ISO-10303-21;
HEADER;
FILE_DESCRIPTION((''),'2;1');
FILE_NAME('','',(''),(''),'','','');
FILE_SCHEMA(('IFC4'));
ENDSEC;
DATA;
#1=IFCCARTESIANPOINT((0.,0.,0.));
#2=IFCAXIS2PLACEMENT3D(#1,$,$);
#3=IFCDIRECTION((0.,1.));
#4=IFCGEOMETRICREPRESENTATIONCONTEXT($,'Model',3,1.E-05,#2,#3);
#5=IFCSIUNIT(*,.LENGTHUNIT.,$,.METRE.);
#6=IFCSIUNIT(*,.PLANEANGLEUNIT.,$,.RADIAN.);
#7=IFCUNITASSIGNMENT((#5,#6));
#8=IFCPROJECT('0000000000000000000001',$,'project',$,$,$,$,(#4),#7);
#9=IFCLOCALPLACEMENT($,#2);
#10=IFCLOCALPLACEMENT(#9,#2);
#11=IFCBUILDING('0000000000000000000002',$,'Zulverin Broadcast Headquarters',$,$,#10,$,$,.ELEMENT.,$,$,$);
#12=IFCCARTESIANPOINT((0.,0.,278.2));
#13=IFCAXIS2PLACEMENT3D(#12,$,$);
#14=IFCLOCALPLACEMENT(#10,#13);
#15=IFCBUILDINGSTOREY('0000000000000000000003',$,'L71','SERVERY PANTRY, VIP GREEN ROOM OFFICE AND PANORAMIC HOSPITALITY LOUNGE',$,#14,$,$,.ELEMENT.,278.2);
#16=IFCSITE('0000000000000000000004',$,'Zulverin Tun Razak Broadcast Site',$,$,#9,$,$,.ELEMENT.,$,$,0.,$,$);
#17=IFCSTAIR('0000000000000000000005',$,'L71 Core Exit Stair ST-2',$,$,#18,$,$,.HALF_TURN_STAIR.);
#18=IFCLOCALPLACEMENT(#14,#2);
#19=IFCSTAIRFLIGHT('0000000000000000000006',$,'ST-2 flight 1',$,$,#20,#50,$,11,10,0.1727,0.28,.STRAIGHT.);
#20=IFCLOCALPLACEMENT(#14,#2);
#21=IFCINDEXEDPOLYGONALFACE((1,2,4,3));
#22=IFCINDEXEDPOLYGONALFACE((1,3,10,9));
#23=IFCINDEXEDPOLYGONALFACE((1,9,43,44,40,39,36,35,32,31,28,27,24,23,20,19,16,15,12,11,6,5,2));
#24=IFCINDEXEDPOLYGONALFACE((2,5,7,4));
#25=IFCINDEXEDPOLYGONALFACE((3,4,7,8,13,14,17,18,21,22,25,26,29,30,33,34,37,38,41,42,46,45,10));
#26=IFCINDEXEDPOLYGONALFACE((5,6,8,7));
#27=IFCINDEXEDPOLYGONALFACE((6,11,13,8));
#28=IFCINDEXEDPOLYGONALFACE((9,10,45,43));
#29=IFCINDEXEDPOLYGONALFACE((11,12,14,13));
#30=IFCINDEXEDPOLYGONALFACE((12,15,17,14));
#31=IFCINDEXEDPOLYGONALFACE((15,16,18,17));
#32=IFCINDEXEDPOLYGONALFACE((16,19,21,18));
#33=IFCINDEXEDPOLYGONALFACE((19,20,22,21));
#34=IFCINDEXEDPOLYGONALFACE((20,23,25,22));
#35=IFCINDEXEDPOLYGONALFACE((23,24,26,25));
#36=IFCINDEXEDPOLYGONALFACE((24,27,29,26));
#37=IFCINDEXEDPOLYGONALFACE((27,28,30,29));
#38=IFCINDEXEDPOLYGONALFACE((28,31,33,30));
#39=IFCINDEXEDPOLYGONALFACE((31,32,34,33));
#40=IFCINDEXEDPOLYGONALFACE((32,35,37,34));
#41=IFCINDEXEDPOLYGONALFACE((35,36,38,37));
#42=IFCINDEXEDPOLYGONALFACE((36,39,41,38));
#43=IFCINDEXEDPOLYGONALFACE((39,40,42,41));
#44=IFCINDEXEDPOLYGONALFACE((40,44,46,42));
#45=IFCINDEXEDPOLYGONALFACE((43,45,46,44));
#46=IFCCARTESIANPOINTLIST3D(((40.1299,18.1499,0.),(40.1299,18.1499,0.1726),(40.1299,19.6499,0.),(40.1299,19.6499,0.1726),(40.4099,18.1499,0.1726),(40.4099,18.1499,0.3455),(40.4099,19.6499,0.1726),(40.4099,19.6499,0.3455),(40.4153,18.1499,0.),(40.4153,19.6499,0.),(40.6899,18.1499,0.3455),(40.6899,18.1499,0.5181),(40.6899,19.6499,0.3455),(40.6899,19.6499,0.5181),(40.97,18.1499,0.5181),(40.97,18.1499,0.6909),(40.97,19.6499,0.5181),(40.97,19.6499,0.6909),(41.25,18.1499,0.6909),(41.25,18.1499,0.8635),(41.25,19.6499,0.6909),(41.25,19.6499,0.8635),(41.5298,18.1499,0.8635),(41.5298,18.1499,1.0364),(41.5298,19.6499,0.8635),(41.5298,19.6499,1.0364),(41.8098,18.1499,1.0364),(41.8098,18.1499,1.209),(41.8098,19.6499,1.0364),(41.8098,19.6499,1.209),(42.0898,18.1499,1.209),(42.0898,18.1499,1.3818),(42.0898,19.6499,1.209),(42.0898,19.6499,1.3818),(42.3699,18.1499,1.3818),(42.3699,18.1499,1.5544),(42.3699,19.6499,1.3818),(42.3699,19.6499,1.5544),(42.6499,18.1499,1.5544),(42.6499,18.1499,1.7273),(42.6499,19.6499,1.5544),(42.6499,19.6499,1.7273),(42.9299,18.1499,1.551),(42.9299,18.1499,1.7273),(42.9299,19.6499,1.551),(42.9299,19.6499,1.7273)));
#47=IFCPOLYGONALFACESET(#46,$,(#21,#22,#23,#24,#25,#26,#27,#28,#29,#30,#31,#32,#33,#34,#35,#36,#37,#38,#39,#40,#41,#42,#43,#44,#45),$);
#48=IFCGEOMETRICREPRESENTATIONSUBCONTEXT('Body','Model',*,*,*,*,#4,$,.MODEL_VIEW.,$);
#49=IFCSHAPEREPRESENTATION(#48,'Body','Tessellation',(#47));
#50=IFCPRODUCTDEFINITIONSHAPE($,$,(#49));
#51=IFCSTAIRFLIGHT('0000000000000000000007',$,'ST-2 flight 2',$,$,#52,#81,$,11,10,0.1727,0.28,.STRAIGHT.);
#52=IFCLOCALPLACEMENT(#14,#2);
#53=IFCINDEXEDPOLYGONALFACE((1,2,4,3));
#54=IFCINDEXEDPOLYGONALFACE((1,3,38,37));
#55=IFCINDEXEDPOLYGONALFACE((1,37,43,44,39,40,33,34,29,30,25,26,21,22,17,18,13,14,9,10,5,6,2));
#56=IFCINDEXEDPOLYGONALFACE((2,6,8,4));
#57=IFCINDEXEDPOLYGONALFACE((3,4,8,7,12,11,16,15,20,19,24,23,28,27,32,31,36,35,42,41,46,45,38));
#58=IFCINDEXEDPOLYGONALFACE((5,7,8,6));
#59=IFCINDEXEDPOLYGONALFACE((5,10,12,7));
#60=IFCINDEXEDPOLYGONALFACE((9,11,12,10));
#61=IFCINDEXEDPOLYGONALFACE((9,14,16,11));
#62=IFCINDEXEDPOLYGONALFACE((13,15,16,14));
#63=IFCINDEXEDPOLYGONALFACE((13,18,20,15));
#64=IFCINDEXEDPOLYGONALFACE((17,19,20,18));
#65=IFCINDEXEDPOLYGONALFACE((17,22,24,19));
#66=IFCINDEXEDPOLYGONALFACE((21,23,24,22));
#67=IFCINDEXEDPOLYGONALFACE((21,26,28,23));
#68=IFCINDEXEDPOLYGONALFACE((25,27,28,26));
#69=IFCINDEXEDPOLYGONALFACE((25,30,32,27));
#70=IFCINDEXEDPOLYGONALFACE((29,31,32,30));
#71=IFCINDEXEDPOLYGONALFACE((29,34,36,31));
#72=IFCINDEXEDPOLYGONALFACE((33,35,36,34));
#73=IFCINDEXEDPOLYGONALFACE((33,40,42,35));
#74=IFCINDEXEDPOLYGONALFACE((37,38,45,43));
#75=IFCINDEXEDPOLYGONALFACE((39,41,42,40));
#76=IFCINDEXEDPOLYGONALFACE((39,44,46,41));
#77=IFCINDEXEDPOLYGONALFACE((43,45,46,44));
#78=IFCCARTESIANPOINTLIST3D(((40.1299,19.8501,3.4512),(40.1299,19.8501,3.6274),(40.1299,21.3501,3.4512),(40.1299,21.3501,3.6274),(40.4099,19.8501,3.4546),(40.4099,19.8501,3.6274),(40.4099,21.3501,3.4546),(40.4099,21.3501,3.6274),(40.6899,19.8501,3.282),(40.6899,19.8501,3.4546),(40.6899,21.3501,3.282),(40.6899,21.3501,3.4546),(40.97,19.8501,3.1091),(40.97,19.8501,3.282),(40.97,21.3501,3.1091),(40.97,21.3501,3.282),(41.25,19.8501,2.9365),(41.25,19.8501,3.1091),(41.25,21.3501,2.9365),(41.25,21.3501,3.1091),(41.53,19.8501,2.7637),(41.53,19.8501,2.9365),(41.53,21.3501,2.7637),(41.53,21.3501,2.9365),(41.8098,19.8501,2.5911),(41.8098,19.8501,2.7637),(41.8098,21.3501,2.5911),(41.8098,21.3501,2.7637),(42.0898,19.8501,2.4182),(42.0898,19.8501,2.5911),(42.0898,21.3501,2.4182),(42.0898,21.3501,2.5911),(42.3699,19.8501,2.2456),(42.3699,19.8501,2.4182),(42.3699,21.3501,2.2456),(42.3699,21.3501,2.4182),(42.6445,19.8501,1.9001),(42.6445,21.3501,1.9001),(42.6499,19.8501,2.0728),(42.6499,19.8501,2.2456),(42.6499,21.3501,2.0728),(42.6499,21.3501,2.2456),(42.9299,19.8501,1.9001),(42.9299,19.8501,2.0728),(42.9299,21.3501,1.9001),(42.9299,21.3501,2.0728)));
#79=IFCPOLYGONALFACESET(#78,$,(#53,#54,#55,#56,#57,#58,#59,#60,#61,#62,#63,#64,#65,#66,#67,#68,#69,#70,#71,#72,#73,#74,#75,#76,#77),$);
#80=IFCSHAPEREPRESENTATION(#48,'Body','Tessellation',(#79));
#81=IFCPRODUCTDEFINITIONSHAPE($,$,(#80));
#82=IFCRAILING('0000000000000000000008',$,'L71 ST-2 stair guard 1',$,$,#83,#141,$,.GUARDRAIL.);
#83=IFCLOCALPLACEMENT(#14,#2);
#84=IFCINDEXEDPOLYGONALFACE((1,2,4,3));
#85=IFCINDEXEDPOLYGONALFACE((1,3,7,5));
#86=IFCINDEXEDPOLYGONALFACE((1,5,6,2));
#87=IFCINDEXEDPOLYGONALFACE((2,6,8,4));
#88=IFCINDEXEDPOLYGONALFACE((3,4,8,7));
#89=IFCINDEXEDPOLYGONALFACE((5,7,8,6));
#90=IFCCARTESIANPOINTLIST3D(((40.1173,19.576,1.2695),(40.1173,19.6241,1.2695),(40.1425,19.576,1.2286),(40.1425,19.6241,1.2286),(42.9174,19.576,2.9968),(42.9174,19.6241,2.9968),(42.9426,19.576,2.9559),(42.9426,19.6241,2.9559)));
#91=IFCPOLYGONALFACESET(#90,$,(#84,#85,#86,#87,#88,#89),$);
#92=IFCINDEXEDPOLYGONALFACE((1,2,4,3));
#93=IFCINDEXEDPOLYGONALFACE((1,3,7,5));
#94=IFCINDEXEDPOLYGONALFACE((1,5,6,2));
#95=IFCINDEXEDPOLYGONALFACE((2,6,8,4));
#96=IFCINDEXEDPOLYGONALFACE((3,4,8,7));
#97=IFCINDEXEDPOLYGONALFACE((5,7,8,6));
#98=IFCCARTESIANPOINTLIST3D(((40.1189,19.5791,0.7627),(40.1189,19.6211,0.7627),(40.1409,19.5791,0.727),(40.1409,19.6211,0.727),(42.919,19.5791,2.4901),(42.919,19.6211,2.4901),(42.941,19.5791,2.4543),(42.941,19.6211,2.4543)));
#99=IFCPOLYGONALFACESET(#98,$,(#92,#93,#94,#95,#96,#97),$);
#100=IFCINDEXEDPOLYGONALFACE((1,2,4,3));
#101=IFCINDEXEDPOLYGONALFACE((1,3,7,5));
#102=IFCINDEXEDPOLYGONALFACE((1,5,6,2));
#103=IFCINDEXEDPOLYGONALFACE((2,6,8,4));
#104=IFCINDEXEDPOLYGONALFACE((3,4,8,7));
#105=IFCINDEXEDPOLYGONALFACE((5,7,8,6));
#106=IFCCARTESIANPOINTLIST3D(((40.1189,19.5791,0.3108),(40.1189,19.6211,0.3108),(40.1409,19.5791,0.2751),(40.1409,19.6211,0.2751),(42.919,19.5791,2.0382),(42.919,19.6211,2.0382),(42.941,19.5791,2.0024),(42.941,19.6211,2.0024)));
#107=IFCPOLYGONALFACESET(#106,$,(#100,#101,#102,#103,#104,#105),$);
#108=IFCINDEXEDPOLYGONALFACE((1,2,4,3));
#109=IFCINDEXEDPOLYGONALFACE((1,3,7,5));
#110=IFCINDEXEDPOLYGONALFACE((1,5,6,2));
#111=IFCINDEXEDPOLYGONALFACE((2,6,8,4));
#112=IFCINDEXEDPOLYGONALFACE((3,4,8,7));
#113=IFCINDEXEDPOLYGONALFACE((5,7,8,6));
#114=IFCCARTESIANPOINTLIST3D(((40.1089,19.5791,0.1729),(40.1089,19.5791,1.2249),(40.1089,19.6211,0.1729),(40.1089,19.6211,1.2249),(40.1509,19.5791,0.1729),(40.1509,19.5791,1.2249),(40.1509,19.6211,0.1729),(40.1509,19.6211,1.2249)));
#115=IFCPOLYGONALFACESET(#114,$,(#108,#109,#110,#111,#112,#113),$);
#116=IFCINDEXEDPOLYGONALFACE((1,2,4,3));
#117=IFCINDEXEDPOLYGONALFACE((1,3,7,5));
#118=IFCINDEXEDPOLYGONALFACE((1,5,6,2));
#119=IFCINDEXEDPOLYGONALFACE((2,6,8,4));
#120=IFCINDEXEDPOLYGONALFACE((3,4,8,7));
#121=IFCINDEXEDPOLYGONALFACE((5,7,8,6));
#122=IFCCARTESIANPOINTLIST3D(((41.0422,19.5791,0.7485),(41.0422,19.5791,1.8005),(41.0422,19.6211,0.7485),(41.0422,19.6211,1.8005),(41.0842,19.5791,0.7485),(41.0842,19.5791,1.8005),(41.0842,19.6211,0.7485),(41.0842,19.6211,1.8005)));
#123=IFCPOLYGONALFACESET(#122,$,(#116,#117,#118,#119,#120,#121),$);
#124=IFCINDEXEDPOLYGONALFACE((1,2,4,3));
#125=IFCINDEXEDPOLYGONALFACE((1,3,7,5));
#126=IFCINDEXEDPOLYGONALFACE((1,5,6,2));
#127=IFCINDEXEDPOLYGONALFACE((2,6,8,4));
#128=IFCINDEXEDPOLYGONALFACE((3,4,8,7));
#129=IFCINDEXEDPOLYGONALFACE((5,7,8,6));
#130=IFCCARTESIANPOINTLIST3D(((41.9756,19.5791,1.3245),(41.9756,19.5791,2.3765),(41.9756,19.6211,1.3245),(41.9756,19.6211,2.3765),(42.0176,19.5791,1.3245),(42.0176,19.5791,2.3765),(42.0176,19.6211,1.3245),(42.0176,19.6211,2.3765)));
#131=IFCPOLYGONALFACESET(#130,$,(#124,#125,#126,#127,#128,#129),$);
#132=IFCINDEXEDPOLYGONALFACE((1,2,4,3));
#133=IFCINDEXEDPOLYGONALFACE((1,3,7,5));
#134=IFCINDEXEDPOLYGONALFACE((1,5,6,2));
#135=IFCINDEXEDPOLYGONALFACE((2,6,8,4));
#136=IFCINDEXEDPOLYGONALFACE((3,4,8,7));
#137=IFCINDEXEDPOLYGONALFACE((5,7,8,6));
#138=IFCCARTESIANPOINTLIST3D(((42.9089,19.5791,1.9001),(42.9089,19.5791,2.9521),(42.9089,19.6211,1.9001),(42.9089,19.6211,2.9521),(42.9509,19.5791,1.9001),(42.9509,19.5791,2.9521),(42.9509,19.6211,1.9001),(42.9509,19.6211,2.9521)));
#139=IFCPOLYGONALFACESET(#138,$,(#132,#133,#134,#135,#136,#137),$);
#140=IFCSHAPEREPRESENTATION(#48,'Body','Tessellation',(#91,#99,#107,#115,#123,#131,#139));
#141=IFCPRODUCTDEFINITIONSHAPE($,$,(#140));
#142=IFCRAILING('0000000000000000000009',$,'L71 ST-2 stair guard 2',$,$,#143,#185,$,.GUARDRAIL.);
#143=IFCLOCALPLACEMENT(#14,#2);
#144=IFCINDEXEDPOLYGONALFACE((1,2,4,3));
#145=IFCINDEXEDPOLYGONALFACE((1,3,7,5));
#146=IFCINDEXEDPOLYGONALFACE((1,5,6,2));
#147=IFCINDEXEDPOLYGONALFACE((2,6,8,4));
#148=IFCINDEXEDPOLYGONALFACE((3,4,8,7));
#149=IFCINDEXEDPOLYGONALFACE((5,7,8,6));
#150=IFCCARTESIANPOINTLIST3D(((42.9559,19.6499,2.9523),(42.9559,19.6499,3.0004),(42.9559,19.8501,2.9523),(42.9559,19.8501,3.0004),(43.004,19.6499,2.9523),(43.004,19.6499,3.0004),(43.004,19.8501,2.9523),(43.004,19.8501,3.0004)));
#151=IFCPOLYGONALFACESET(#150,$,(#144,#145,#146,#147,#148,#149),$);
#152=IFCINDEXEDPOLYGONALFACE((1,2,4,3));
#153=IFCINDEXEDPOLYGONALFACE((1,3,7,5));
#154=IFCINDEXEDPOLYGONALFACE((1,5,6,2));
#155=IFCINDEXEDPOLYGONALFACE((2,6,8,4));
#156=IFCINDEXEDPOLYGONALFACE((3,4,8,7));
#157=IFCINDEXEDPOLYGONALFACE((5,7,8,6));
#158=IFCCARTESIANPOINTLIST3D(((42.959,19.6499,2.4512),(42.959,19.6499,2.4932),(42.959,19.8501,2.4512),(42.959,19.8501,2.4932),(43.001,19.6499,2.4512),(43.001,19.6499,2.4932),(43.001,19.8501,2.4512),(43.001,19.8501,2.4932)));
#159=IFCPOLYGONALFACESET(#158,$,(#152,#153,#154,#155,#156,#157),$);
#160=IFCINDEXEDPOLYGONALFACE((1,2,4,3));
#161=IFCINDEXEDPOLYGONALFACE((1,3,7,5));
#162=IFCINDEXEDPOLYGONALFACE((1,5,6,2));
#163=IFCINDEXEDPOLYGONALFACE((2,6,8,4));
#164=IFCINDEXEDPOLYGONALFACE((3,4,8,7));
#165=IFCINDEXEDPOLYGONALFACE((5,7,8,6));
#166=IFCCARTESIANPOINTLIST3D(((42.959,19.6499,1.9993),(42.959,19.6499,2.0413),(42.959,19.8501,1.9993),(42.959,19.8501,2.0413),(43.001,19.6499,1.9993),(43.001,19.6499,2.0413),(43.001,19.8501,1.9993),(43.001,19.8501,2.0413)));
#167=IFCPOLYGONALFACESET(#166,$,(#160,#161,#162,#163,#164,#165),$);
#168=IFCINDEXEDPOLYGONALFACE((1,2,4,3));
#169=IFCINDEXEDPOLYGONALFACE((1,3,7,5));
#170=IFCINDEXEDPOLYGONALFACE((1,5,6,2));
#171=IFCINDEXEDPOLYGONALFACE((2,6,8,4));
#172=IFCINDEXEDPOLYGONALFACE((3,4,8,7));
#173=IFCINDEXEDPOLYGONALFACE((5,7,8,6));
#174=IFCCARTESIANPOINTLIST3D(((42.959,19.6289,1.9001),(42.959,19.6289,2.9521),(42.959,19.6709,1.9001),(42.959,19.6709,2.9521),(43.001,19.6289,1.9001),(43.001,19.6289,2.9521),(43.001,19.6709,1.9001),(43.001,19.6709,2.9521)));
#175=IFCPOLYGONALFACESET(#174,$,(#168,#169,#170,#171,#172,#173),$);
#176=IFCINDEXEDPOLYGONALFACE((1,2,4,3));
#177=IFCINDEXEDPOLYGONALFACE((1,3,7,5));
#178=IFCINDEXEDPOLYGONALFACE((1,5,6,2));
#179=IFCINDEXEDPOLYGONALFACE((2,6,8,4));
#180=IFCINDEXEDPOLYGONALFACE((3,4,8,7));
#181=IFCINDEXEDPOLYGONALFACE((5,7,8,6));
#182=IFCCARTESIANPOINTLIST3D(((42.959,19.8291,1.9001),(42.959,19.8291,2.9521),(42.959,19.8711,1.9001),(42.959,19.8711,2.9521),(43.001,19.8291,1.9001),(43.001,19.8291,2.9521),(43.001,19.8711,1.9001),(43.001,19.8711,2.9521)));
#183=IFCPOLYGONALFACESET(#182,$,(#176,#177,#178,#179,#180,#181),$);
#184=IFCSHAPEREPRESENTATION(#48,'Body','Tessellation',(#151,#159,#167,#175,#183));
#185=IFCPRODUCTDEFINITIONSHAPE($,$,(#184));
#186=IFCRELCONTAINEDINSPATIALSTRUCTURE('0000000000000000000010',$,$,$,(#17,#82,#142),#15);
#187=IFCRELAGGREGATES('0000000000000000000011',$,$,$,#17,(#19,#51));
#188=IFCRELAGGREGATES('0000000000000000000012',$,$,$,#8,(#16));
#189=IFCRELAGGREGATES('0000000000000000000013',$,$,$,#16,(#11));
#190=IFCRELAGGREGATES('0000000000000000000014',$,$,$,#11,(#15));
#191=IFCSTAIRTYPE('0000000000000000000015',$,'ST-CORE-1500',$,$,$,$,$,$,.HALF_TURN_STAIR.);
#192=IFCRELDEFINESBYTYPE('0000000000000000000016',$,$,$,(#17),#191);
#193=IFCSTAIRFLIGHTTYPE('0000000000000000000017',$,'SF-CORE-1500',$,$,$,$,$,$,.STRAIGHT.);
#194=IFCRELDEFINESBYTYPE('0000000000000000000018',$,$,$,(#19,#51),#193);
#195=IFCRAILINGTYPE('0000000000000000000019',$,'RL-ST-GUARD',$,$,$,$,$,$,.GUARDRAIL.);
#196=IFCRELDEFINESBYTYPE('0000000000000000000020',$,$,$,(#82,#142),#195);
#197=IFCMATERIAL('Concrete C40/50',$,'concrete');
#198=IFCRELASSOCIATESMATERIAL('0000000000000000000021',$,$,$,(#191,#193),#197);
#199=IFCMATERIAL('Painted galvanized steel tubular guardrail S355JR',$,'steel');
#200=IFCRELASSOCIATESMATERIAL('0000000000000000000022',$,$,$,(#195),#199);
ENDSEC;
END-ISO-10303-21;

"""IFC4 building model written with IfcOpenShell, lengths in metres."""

from ifc_helpers import new_model, si_unit, direction, frame, origin, origin_2d, place, context, subcontext, project, spatial, polyline, rectangle, outline, extrude, material, type_object, element, aggregate, save


model = new_model("IFC4")

# Units and contexts
model_context = context("Model", 3, precision=1e-05, world=origin(), true_north=direction((0.0, 1.0)))
body_context = subcontext(model_context, "Body", "Model", "MODEL_VIEW")
ifc_project = project(units=[si_unit("LENGTHUNIT", "METRE"), si_unit("PLANEANGLEUNIT", "RADIAN")], contexts=[model_context])

# Site, building, storey
site_placement = place(None, origin())
site = spatial("IfcSite", under=ifc_project, at=site_placement, Name="Zulverin Tun Razak Broadcast Site", CompositionType="ELEMENT", RefElevation=0.0)
building_placement = place(site_placement, origin())
building = spatial("IfcBuilding", under=site, at=building_placement, Name="Zulverin Broadcast Headquarters", CompositionType="ELEMENT")
storey_placement = place(building_placement, frame((0.0, 0.0, 278.2)))
storey = spatial("IfcBuildingStorey", under=building, at=storey_placement, Name="L71", Description="SERVERY PANTRY, VIP GREEN ROOM OFFICE AND PANORAMIC HOSPITALITY LOUNGE", CompositionType="ELEMENT", Elevation=278.2)

# Shared definitions
ifc_material_1 = material(Name="Concrete C40/50", Category="concrete")

# Stair, stair flights
stair_type = type_object("IfcStairType", Name="ST-CORE-1500", PredefinedType="HALF_TURN_STAIR", material=ifc_material_1)
stair_placement = place(storey_placement, origin())
stair = element("IfcStair", 1, at=stair_placement, inside=storey, type_object=stair_type, Name="L71 Core Exit Stair ST-2", PredefinedType="HALF_TURN_STAIR")
stair_flight_type = type_object("IfcStairFlightType", Name="SF-CORE-1500", PredefinedType="STRAIGHT", material=ifc_material_1)
stair_flight_1_placement = place(storey_placement, frame((40.1299, 18.8999, 0.0), z_axis=(0.0, 0.0, 1.0), x_axis=(1.0, 0.0, 0.0)))
stair_flight_1 = element("IfcStairFlight", 2, at=stair_flight_1_placement, type_object=stair_flight_type, Name="ST-2 flight 1", NumberOfRisers=11, NumberOfTreads=10, PredefinedType="STRAIGHT", RiserHeight=0.1727, TreadLength=0.28, context=body_context, shape_type="SweptSolid", body=[
    extrude(outline(polyline([(0.0, 0.0), (0.0, 0.1726), (0.28, 0.1726), (0.28, 0.3455), (0.5601, 0.3455), (0.5601, 0.5181), (0.8401, 0.5181), (0.8401, 0.6909), (1.1201, 0.6909), (1.1201, 0.8635), (1.3999, 0.8635), (1.3999, 1.0364), (1.6799, 1.0364), (1.6799, 1.209), (1.96, 1.209), (1.96, 1.3818), (2.24, 1.3818), (2.24, 1.5544), (2.52, 1.5544), (2.52, 1.7273), (2.8, 1.7273), (2.8, 1.8999), (2.8, 1.551), (0.2854, 0.0), (0.0, 0.0)])), frame((0.0, 0.75, 0.0), z_axis=(0.0, -1.0, 0.0), x_axis=(1.0, 0.0, 0.0)), (0.0, 0.0, 1.0), 1.5),
])
stair_flight_2_placement = place(storey_placement, frame((42.9299, 20.6001, 1.9001), z_axis=(0.0, 0.0, 1.0), x_axis=(-1.0, 0.0, 0.0)))
stair_flight_2 = element("IfcStairFlight", 3, at=stair_flight_2_placement, type_object=stair_flight_type, Name="ST-2 flight 2", NumberOfRisers=11, NumberOfTreads=10, PredefinedType="STRAIGHT", RiserHeight=0.1727, TreadLength=0.28, context=body_context, shape_type="SweptSolid", body=[
    extrude(outline(polyline([(0.0, 0.0), (0.0, 0.1726), (0.28, 0.1726), (0.28, 0.3455), (0.5601, 0.3455), (0.5601, 0.5181), (0.8401, 0.5181), (0.8401, 0.6909), (1.1201, 0.6909), (1.1201, 0.8635), (1.3999, 0.8635), (1.3999, 1.0364), (1.6799, 1.0364), (1.6799, 1.209), (1.96, 1.209), (1.96, 1.3818), (2.24, 1.3818), (2.24, 1.5544), (2.52, 1.5544), (2.52, 1.7273), (2.8, 1.7273), (2.8, 1.8999), (2.8, 1.551), (0.2854, 0.0), (0.0, 0.0)])), frame((0.0, 0.75, 0.0), z_axis=(0.0, -1.0, 0.0), x_axis=(1.0, 0.0, 0.0)), (0.0, 0.0, 1.0), 1.5),
])
aggregate(stair, [stair_flight_1, stair_flight_2])

# Railings
ifc_material_2 = material(Name="Painted galvanized steel tubular guardrail S355JR", Category="steel")
railing_type_1 = type_object("IfcRailingType", Name="RL-ST-GUARD", PredefinedType="GUARDRAIL", material=ifc_material_2)
railing_1_placement = place(storey_placement, frame((40.1299, 19.6001, 0.1729)))
element("IfcRailing", 4, at=railing_1_placement, inside=storey, type_object=railing_type_1, Name="L71 ST-2 stair guard 1", PredefinedType="GUARDRAIL", context=body_context, shape_type="SweptSolid", body=[
    extrude(rectangle(XDim=0.0481, YDim=0.0481, at=origin_2d()), frame((0.0, 0.0, 1.0762), z_axis=(0.85109, 0.0, 0.52502), x_axis=(0.0, 1.0, 0.0)), (0.0, 0.0, 1.0), 3.29),
    extrude(rectangle(XDim=0.042, YDim=0.042, at=origin_2d()), frame((0.0, 0.0, 0.572), z_axis=(0.85109, 0.0, 0.52502), x_axis=(0.0, 1.0, 0.0)), (0.0, 0.0, 1.0), 3.29),
    extrude(rectangle(XDim=0.042, YDim=0.042, at=origin_2d()), frame((0.0, 0.0, 0.1201), z_axis=(0.85109, 0.0, 0.52502), x_axis=(0.0, 1.0, 0.0)), (0.0, 0.0, 1.0), 3.29),
    extrude(rectangle(XDim=0.042, YDim=0.042, at=origin_2d()), origin(), (0.0, 0.0, 1.0), 1.052),
    extrude(rectangle(XDim=0.042, YDim=0.042, at=origin_2d()), frame((0.9333, 0.0, 0.5757)), (0.0, 0.0, 1.0), 1.052),
    extrude(rectangle(XDim=0.042, YDim=0.042, at=origin_2d()), frame((1.8667, 0.0, 1.1516)), (0.0, 0.0, 1.0), 1.052),
    extrude(rectangle(XDim=0.042, YDim=0.042, at=origin_2d()), frame((2.8, 0.0, 1.7273)), (0.0, 0.0, 1.0), 1.052),
])
railing_2_placement = place(storey_placement, frame((42.98, 19.6499, 1.9001)))
element("IfcRailing", 5, at=railing_2_placement, inside=storey, type_object=railing_type_1, Name="L71 ST-2 stair guard 2", PredefinedType="GUARDRAIL", context=body_context, shape_type="SweptSolid", body=[
    extrude(rectangle(XDim=0.0481, YDim=0.0481, at=origin_2d()), frame((0.0, 0.0, 1.0762), z_axis=(0.0, 1.0, 0.0), x_axis=(-1.0, 0.0, 0.0)), (0.0, 0.0, 1.0), 0.2002),
    extrude(rectangle(XDim=0.042, YDim=0.042, at=origin_2d()), frame((0.0, 0.0, 0.572), z_axis=(0.0, 1.0, 0.0), x_axis=(-1.0, 0.0, 0.0)), (0.0, 0.0, 1.0), 0.2002),
    extrude(rectangle(XDim=0.042, YDim=0.042, at=origin_2d()), frame((0.0, 0.0, 0.1201), z_axis=(0.0, 1.0, 0.0), x_axis=(-1.0, 0.0, 0.0)), (0.0, 0.0, 1.0), 0.2002),
    extrude(rectangle(XDim=0.042, YDim=0.042, at=origin_2d()), origin(), (0.0, 0.0, 1.0), 1.052),
    extrude(rectangle(XDim=0.042, YDim=0.042, at=origin_2d()), frame((0.0, 0.2002, 0.0)), (0.0, 0.0, 1.0), 1.052),
])

save(model, "model.ifc")
